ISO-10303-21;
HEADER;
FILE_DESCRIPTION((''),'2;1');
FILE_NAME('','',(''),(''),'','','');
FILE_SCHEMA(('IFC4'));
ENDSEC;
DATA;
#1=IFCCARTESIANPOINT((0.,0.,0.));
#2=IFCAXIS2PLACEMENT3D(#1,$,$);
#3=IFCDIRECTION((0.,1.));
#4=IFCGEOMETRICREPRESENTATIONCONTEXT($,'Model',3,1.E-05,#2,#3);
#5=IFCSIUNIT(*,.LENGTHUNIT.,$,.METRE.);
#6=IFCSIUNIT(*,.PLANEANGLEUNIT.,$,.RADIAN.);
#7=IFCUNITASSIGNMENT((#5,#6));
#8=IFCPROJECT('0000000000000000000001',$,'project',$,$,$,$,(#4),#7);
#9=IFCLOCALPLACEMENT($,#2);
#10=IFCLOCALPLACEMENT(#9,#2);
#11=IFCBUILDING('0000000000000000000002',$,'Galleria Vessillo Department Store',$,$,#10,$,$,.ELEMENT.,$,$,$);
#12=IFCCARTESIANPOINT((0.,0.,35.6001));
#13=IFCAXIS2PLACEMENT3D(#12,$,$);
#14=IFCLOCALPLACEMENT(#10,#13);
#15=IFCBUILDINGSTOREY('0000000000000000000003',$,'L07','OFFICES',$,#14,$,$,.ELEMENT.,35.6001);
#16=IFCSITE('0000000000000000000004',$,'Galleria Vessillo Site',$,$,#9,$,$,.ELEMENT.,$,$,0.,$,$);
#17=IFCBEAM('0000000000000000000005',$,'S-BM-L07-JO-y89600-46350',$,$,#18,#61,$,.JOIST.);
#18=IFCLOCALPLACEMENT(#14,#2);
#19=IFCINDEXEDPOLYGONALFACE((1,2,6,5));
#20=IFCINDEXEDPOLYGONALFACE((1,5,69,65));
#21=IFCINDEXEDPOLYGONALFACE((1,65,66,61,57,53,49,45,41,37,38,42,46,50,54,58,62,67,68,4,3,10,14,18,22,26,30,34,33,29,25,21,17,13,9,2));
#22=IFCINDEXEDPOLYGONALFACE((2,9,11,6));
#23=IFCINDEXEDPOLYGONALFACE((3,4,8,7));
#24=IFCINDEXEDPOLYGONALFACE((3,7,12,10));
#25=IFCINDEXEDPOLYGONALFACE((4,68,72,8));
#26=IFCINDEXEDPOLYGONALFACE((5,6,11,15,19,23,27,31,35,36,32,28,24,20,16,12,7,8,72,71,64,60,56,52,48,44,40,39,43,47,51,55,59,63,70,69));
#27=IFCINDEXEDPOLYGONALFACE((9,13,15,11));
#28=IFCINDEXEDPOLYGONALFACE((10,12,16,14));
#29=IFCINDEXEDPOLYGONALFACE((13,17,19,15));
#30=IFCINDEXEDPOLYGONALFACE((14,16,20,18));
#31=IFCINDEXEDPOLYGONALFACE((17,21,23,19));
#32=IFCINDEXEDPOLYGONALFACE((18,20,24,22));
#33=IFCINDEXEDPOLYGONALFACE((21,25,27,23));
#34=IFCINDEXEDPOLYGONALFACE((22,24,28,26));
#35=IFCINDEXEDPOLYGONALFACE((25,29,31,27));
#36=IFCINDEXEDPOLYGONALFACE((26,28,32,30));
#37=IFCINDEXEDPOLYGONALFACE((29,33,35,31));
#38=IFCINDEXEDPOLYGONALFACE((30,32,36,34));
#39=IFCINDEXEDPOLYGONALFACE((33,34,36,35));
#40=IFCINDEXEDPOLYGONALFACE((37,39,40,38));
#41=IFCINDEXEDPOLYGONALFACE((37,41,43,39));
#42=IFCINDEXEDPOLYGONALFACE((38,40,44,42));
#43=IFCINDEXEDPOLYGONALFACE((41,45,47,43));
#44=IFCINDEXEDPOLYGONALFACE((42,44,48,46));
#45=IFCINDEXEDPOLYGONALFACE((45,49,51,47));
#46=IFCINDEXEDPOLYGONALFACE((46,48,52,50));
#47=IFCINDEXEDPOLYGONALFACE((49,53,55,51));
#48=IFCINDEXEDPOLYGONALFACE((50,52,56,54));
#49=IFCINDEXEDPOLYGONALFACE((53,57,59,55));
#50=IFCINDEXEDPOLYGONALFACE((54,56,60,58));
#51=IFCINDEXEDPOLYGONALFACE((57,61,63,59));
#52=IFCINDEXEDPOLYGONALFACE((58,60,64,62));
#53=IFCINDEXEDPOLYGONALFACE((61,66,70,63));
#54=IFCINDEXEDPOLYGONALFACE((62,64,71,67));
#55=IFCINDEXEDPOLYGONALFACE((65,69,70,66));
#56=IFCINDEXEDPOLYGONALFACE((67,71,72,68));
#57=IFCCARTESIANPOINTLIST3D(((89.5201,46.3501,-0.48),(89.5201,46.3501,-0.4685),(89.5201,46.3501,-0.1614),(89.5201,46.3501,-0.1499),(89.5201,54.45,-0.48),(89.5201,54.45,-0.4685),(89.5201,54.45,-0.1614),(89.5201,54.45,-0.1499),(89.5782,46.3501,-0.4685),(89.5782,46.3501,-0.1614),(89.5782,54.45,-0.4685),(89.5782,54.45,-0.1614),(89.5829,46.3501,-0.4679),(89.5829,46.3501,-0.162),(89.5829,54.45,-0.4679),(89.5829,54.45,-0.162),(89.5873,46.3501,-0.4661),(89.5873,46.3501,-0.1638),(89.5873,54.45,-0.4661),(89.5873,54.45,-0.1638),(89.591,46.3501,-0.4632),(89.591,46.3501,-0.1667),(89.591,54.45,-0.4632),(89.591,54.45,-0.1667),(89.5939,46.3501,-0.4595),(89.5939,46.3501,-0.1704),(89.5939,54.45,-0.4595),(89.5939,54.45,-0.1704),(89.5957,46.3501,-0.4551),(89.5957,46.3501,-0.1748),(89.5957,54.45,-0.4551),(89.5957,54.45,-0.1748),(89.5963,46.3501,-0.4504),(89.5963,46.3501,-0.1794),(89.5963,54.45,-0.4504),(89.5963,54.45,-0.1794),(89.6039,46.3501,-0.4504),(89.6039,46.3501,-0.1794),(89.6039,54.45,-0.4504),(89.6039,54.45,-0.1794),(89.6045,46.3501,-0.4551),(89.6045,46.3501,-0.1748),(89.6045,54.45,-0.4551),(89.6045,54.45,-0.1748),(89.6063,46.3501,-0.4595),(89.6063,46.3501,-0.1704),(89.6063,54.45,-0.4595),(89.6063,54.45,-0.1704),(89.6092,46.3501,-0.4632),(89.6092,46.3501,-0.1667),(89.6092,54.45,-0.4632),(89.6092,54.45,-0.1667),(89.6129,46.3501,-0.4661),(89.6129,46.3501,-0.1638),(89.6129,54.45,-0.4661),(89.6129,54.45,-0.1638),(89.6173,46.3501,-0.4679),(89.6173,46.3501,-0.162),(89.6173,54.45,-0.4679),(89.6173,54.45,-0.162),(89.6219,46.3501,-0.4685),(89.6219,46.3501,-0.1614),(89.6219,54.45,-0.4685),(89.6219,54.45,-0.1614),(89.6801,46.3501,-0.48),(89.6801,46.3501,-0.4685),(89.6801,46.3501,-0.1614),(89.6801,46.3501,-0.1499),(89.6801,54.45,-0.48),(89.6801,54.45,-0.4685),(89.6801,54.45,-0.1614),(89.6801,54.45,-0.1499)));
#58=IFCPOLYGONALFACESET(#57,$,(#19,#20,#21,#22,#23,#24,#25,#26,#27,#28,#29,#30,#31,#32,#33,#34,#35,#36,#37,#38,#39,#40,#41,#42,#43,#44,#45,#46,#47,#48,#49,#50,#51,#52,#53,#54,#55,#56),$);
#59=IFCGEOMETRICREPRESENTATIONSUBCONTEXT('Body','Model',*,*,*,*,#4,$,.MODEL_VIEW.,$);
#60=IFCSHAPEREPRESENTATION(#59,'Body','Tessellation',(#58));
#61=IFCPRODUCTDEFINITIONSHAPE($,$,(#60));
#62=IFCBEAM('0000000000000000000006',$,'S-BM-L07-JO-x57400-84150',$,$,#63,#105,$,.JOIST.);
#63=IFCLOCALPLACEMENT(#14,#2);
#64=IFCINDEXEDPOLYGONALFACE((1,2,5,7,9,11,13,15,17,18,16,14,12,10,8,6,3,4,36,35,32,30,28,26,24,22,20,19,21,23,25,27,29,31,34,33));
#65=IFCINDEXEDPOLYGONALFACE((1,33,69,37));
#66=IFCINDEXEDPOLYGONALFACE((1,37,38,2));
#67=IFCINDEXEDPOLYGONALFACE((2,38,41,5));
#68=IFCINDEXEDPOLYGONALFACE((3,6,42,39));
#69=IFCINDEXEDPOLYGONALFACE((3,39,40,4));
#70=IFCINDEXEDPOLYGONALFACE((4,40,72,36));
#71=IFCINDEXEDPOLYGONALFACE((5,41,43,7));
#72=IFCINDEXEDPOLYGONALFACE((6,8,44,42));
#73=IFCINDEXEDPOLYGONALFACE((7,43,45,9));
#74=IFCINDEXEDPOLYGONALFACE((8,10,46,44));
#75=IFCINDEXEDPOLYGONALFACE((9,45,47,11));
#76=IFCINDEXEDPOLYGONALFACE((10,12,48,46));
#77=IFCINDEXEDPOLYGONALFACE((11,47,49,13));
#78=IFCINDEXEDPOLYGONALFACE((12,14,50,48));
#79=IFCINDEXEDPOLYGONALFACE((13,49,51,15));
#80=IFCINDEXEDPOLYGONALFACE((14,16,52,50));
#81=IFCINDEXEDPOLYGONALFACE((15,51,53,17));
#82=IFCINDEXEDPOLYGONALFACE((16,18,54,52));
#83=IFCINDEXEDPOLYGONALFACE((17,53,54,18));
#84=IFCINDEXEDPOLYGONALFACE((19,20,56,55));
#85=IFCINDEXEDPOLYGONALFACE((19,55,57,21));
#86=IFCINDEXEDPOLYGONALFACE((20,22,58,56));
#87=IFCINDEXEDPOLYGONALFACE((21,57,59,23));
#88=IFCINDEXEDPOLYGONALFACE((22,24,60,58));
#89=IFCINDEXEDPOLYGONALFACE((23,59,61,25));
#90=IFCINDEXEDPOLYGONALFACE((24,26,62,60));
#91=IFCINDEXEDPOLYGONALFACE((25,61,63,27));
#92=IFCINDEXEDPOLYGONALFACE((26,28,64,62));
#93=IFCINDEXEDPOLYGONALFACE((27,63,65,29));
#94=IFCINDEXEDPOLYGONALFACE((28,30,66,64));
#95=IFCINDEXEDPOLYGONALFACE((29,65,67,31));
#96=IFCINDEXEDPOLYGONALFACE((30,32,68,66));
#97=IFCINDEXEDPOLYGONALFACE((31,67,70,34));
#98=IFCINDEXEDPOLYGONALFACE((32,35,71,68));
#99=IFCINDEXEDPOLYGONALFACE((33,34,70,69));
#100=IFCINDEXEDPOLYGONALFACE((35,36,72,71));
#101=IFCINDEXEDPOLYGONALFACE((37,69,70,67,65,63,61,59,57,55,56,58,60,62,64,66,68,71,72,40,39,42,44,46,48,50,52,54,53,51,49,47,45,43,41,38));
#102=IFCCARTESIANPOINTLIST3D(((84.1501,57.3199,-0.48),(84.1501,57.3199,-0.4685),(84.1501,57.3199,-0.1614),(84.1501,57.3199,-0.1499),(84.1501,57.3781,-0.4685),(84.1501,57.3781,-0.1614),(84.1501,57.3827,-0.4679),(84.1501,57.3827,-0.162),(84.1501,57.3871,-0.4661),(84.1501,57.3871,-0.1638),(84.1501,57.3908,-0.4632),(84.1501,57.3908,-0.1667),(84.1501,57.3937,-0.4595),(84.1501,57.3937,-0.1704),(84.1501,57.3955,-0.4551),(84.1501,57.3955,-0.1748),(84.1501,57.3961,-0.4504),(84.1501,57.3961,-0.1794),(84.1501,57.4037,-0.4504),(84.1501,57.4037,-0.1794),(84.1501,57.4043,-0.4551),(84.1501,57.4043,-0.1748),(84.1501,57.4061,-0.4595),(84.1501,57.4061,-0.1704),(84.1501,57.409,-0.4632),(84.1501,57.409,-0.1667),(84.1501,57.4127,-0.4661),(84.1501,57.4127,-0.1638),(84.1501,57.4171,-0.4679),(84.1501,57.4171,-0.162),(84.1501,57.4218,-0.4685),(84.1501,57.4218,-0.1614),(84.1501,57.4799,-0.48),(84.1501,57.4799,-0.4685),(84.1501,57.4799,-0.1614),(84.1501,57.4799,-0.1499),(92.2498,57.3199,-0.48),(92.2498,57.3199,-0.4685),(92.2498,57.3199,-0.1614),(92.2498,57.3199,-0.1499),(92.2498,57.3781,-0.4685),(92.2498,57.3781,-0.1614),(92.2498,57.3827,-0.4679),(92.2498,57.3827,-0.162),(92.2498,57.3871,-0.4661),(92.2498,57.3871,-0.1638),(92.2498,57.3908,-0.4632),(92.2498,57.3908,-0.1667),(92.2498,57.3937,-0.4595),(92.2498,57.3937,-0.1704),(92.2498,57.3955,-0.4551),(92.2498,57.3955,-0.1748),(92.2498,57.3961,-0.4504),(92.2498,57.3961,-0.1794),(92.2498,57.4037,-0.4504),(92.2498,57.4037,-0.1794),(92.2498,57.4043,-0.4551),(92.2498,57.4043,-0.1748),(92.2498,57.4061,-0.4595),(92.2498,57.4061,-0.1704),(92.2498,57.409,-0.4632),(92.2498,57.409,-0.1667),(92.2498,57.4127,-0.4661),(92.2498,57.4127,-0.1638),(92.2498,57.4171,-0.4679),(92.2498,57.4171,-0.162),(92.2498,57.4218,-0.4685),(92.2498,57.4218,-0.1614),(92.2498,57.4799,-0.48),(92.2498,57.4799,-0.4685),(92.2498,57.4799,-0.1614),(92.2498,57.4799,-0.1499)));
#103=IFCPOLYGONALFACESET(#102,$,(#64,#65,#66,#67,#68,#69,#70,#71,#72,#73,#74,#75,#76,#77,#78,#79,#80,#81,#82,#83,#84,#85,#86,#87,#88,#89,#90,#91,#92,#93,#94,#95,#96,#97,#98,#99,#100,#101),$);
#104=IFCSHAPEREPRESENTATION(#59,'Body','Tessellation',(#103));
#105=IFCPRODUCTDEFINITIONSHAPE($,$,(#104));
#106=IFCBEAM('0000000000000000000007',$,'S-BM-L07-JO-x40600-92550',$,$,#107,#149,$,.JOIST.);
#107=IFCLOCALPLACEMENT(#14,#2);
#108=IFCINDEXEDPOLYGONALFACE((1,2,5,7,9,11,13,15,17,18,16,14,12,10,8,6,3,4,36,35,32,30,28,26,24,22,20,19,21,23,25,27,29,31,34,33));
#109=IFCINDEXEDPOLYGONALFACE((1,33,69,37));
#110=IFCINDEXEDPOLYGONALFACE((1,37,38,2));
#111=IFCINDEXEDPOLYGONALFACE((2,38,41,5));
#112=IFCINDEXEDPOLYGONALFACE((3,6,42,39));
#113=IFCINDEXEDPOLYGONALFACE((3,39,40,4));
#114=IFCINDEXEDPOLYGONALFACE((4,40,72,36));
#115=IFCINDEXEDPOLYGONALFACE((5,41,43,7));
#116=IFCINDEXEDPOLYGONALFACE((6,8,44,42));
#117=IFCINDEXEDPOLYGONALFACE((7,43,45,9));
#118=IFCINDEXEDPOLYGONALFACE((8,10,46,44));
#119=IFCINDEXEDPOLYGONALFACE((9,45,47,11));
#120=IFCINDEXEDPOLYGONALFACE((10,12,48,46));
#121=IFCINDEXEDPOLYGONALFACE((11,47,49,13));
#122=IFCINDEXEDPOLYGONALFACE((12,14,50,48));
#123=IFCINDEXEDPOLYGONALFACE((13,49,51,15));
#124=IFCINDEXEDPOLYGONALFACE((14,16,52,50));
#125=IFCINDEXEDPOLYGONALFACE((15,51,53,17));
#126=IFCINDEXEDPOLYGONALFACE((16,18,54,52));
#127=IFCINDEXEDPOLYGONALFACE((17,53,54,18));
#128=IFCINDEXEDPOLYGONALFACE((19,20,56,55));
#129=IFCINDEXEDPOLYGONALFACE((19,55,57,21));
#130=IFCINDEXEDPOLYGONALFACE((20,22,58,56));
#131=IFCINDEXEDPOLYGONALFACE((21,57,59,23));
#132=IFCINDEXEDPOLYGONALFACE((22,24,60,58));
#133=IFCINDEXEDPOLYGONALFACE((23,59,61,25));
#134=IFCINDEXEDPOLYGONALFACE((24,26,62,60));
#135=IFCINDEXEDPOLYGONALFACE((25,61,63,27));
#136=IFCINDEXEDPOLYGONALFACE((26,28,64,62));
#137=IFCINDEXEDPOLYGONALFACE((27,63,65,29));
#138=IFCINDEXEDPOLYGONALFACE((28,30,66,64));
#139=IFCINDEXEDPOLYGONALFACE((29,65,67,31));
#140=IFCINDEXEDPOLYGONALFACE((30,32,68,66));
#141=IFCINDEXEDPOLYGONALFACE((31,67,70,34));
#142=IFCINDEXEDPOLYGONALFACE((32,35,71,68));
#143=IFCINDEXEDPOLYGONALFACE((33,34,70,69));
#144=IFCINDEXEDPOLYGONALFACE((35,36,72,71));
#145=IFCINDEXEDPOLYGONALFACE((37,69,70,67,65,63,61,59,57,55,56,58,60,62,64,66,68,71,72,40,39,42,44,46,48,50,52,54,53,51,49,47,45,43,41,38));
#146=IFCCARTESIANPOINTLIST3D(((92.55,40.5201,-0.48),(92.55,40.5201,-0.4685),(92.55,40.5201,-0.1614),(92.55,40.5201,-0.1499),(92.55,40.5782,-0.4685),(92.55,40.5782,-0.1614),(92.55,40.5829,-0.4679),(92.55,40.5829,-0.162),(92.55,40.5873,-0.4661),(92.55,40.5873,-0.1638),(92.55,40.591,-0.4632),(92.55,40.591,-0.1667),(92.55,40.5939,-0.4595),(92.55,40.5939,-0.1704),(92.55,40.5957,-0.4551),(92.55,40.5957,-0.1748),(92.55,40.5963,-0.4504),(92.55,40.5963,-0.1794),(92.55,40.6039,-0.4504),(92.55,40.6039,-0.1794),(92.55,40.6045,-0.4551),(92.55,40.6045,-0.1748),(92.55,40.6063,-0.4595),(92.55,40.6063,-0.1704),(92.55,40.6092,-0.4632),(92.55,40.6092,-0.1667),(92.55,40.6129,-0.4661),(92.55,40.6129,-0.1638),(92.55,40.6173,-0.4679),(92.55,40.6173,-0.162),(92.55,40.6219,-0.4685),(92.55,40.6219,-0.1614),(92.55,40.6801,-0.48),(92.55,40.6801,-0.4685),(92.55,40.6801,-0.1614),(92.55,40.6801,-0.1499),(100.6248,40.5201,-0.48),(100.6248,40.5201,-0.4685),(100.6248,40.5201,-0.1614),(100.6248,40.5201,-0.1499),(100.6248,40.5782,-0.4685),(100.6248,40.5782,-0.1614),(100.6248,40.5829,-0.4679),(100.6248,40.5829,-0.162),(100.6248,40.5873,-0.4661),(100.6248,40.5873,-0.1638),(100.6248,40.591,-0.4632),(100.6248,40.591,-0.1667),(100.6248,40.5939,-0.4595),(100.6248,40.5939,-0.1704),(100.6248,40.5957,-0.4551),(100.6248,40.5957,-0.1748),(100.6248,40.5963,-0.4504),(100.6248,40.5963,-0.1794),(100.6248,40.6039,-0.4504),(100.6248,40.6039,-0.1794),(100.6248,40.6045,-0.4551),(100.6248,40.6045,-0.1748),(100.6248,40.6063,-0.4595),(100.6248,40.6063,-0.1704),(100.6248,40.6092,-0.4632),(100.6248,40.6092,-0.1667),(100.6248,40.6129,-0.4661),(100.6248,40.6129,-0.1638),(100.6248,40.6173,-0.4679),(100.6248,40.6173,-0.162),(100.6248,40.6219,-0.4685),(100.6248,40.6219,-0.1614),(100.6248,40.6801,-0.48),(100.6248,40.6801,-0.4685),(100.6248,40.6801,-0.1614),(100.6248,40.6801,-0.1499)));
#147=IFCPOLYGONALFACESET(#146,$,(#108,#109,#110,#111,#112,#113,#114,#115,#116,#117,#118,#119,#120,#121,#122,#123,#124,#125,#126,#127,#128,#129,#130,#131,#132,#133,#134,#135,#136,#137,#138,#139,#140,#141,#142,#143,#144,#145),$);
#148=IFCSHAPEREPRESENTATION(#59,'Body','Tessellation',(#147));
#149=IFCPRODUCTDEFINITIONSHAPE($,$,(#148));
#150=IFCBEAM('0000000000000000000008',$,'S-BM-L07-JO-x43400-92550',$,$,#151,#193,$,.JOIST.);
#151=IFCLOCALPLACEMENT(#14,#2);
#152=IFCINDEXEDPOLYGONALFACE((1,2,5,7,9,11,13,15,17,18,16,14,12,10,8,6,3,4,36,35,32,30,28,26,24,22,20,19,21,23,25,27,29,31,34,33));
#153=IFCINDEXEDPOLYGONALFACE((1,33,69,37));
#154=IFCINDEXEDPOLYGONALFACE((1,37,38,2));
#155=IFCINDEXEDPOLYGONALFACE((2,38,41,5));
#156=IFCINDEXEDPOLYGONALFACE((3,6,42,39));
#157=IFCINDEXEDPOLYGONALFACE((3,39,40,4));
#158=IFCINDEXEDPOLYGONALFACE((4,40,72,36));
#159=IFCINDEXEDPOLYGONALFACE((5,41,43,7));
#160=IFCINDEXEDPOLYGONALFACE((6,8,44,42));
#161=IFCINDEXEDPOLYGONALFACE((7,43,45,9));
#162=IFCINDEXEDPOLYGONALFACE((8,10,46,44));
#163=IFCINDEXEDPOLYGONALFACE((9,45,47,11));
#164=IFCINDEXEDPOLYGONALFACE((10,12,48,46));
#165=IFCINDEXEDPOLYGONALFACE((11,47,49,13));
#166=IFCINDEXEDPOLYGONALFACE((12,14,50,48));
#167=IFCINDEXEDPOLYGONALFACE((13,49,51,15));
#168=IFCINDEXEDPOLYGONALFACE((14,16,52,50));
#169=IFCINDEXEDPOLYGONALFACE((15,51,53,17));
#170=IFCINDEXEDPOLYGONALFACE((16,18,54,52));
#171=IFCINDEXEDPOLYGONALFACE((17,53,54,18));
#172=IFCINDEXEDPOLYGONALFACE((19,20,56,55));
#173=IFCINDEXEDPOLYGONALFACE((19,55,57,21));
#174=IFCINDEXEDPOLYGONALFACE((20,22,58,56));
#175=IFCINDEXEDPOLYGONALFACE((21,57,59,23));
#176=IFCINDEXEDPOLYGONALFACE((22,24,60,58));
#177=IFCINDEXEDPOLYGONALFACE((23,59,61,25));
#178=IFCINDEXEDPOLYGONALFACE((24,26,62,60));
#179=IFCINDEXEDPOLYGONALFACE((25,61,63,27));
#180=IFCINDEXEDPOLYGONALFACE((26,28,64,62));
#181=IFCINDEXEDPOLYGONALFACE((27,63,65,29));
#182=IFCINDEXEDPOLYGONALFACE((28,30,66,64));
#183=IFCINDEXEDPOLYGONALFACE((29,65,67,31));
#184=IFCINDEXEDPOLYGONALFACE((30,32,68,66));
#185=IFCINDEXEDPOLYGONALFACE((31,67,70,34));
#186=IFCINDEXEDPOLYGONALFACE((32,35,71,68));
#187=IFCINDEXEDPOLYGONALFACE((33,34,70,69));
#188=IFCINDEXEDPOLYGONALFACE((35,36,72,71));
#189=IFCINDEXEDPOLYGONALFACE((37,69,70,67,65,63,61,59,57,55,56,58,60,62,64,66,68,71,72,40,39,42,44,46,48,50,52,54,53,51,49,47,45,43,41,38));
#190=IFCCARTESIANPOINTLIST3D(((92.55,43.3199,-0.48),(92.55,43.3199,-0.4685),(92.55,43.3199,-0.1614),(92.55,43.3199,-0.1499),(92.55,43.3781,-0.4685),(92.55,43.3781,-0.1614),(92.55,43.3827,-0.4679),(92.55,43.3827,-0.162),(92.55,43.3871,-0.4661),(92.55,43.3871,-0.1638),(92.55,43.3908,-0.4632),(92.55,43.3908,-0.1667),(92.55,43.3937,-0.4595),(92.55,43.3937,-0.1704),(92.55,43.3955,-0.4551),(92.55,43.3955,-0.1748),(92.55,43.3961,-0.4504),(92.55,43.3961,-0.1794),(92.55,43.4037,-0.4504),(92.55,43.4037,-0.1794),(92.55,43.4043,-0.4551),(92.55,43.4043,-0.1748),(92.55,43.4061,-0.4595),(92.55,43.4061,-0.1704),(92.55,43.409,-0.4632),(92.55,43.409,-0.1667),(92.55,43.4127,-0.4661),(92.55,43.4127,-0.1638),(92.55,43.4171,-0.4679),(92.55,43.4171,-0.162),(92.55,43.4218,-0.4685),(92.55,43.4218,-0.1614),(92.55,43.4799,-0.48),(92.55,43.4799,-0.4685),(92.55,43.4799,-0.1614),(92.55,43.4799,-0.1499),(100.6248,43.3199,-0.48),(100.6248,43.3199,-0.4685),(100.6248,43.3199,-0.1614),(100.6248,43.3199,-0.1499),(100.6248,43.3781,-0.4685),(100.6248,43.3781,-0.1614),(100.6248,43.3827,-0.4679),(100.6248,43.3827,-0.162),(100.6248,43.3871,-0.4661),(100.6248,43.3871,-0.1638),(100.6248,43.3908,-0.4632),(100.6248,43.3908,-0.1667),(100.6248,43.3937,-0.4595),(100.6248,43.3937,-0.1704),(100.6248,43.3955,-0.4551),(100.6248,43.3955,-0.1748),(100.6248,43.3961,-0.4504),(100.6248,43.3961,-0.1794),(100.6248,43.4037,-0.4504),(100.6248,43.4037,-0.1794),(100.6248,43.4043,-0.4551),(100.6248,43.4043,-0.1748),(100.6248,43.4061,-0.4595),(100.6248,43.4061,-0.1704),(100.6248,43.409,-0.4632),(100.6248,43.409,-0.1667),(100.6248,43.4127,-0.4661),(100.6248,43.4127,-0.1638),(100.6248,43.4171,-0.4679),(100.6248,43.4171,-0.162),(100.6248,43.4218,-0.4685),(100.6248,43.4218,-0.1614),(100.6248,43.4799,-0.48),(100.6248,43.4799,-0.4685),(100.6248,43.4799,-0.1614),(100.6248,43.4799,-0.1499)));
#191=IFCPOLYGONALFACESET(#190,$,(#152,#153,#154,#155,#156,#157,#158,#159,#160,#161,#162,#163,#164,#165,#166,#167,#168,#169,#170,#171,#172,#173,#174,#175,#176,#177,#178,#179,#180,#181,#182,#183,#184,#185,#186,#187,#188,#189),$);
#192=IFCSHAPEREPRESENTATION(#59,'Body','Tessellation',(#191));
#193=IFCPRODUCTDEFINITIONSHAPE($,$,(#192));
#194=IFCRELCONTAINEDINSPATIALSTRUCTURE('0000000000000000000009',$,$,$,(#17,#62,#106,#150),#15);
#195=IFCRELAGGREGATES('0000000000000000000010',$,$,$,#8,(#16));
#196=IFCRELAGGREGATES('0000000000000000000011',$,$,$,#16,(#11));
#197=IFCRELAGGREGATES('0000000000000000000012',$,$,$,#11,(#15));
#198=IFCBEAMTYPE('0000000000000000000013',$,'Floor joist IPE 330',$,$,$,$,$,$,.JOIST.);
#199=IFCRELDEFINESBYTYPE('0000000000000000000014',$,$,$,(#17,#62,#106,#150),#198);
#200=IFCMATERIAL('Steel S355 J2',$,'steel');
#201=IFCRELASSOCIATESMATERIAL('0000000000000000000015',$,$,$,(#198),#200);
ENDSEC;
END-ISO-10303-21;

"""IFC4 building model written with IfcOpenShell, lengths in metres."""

from ifc_helpers import new_model, si_unit, direction, frame, origin, origin_2d, place, context, subcontext, project, spatial, i_section, extrude, material, material_profile, profile_set, type_object, element, save


model = new_model("IFC4")

# Units and contexts
model_context = context("Model", 3, precision=1e-05, world=origin(), true_north=direction((0.0, 1.0)))
body_context = subcontext(model_context, "Body", "Model", "MODEL_VIEW")
ifc_project = project(units=[si_unit("LENGTHUNIT", "METRE"), si_unit("PLANEANGLEUNIT", "RADIAN")], contexts=[model_context])

# Site, building, storey
site_placement = place(None, origin())
site = spatial("IfcSite", under=ifc_project, at=site_placement, Name="Galleria Vessillo Site", CompositionType="ELEMENT", RefElevation=0.0)
building_placement = place(site_placement, origin())
building = spatial("IfcBuilding", under=site, at=building_placement, Name="Galleria Vessillo Department Store", CompositionType="ELEMENT")
storey_placement = place(building_placement, frame((0.0, 0.0, 35.6001)))
storey = spatial("IfcBuildingStorey", under=building, at=storey_placement, Name="L07", Description="OFFICES", CompositionType="ELEMENT", Elevation=35.6001)

# Beams
ifc_material_1 = material(Name="Steel S355 J2", Category="steel")
ifc_material_profile_1 = material_profile(ifc_material_1, i_section(OverallWidth=0.1599, OverallDepth=0.3301, WebThickness=0.0076, FlangeThickness=0.0115, FilletRadius=0.0181, at=origin_2d()), Name="IPE 330")
ifc_profile_set_1 = profile_set([ifc_material_profile_1], Name="Steel S355 J2")
beam_type_1 = type_object("IfcBeamType", Name="Floor joist IPE 330", PredefinedType="JOIST", material=ifc_profile_set_1)
for number, where, z_axis, x_axis, name in (
    (1, (89.6001, 46.3501, -0.3149), (0.0, 1.0, 0.0), (-1.0, 0.0, 0.0), "S-BM-L07-JO-y89600-46350"),
):
    element("IfcBeam", number, at=place(storey_placement, frame(where, z_axis=z_axis, x_axis=x_axis)), inside=storey, type_object=beam_type_1, Name=name, PredefinedType="JOIST", context=body_context, shape_type="SweptSolid", body=[
        extrude(i_section(OverallWidth=0.1599, OverallDepth=0.3301, WebThickness=0.0076, FlangeThickness=0.0115, FilletRadius=0.0181, at=origin_2d()), origin(), (0.0, 0.0, 1.0), 8.0999),
    ])
beam_1_placement = place(storey_placement, frame((84.1501, 57.3999, -0.3149), z_axis=(1.0, 0.0, 0.0), x_axis=(0.0, 1.0, 0.0)))
element("IfcBeam", 2, at=beam_1_placement, inside=storey, type_object=beam_type_1, Name="S-BM-L07-JO-x57400-84150", PredefinedType="JOIST", context=body_context, shape_type="SweptSolid", body=[
    extrude(i_section(OverallWidth=0.1599, OverallDepth=0.3301, WebThickness=0.0076, FlangeThickness=0.0115, FilletRadius=0.0181, at=origin_2d()), origin(), (0.0, 0.0, 1.0), 8.0996),
])
for number, where, z_axis, x_axis, name in (
    (3, (92.55, 40.6001, -0.3149), (1.0, 0.0, 0.0), (0.0, 1.0, 0.0), "S-BM-L07-JO-x40600-92550"),
    (4, (92.55, 43.3999, -0.3149), (1.0, 0.0, 0.0), (0.0, 1.0, 0.0), "S-BM-L07-JO-x43400-92550"),
):
    element("IfcBeam", number, at=place(storey_placement, frame(where, z_axis=z_axis, x_axis=x_axis)), inside=storey, type_object=beam_type_1, Name=name, PredefinedType="JOIST", context=body_context, shape_type="SweptSolid", body=[
        extrude(i_section(OverallWidth=0.1599, OverallDepth=0.3301, WebThickness=0.0076, FlangeThickness=0.0115, FilletRadius=0.0181, at=origin_2d()), origin(), (0.0, 0.0, 1.0), 8.0747),
    ])

save(model, "model.ifc")
